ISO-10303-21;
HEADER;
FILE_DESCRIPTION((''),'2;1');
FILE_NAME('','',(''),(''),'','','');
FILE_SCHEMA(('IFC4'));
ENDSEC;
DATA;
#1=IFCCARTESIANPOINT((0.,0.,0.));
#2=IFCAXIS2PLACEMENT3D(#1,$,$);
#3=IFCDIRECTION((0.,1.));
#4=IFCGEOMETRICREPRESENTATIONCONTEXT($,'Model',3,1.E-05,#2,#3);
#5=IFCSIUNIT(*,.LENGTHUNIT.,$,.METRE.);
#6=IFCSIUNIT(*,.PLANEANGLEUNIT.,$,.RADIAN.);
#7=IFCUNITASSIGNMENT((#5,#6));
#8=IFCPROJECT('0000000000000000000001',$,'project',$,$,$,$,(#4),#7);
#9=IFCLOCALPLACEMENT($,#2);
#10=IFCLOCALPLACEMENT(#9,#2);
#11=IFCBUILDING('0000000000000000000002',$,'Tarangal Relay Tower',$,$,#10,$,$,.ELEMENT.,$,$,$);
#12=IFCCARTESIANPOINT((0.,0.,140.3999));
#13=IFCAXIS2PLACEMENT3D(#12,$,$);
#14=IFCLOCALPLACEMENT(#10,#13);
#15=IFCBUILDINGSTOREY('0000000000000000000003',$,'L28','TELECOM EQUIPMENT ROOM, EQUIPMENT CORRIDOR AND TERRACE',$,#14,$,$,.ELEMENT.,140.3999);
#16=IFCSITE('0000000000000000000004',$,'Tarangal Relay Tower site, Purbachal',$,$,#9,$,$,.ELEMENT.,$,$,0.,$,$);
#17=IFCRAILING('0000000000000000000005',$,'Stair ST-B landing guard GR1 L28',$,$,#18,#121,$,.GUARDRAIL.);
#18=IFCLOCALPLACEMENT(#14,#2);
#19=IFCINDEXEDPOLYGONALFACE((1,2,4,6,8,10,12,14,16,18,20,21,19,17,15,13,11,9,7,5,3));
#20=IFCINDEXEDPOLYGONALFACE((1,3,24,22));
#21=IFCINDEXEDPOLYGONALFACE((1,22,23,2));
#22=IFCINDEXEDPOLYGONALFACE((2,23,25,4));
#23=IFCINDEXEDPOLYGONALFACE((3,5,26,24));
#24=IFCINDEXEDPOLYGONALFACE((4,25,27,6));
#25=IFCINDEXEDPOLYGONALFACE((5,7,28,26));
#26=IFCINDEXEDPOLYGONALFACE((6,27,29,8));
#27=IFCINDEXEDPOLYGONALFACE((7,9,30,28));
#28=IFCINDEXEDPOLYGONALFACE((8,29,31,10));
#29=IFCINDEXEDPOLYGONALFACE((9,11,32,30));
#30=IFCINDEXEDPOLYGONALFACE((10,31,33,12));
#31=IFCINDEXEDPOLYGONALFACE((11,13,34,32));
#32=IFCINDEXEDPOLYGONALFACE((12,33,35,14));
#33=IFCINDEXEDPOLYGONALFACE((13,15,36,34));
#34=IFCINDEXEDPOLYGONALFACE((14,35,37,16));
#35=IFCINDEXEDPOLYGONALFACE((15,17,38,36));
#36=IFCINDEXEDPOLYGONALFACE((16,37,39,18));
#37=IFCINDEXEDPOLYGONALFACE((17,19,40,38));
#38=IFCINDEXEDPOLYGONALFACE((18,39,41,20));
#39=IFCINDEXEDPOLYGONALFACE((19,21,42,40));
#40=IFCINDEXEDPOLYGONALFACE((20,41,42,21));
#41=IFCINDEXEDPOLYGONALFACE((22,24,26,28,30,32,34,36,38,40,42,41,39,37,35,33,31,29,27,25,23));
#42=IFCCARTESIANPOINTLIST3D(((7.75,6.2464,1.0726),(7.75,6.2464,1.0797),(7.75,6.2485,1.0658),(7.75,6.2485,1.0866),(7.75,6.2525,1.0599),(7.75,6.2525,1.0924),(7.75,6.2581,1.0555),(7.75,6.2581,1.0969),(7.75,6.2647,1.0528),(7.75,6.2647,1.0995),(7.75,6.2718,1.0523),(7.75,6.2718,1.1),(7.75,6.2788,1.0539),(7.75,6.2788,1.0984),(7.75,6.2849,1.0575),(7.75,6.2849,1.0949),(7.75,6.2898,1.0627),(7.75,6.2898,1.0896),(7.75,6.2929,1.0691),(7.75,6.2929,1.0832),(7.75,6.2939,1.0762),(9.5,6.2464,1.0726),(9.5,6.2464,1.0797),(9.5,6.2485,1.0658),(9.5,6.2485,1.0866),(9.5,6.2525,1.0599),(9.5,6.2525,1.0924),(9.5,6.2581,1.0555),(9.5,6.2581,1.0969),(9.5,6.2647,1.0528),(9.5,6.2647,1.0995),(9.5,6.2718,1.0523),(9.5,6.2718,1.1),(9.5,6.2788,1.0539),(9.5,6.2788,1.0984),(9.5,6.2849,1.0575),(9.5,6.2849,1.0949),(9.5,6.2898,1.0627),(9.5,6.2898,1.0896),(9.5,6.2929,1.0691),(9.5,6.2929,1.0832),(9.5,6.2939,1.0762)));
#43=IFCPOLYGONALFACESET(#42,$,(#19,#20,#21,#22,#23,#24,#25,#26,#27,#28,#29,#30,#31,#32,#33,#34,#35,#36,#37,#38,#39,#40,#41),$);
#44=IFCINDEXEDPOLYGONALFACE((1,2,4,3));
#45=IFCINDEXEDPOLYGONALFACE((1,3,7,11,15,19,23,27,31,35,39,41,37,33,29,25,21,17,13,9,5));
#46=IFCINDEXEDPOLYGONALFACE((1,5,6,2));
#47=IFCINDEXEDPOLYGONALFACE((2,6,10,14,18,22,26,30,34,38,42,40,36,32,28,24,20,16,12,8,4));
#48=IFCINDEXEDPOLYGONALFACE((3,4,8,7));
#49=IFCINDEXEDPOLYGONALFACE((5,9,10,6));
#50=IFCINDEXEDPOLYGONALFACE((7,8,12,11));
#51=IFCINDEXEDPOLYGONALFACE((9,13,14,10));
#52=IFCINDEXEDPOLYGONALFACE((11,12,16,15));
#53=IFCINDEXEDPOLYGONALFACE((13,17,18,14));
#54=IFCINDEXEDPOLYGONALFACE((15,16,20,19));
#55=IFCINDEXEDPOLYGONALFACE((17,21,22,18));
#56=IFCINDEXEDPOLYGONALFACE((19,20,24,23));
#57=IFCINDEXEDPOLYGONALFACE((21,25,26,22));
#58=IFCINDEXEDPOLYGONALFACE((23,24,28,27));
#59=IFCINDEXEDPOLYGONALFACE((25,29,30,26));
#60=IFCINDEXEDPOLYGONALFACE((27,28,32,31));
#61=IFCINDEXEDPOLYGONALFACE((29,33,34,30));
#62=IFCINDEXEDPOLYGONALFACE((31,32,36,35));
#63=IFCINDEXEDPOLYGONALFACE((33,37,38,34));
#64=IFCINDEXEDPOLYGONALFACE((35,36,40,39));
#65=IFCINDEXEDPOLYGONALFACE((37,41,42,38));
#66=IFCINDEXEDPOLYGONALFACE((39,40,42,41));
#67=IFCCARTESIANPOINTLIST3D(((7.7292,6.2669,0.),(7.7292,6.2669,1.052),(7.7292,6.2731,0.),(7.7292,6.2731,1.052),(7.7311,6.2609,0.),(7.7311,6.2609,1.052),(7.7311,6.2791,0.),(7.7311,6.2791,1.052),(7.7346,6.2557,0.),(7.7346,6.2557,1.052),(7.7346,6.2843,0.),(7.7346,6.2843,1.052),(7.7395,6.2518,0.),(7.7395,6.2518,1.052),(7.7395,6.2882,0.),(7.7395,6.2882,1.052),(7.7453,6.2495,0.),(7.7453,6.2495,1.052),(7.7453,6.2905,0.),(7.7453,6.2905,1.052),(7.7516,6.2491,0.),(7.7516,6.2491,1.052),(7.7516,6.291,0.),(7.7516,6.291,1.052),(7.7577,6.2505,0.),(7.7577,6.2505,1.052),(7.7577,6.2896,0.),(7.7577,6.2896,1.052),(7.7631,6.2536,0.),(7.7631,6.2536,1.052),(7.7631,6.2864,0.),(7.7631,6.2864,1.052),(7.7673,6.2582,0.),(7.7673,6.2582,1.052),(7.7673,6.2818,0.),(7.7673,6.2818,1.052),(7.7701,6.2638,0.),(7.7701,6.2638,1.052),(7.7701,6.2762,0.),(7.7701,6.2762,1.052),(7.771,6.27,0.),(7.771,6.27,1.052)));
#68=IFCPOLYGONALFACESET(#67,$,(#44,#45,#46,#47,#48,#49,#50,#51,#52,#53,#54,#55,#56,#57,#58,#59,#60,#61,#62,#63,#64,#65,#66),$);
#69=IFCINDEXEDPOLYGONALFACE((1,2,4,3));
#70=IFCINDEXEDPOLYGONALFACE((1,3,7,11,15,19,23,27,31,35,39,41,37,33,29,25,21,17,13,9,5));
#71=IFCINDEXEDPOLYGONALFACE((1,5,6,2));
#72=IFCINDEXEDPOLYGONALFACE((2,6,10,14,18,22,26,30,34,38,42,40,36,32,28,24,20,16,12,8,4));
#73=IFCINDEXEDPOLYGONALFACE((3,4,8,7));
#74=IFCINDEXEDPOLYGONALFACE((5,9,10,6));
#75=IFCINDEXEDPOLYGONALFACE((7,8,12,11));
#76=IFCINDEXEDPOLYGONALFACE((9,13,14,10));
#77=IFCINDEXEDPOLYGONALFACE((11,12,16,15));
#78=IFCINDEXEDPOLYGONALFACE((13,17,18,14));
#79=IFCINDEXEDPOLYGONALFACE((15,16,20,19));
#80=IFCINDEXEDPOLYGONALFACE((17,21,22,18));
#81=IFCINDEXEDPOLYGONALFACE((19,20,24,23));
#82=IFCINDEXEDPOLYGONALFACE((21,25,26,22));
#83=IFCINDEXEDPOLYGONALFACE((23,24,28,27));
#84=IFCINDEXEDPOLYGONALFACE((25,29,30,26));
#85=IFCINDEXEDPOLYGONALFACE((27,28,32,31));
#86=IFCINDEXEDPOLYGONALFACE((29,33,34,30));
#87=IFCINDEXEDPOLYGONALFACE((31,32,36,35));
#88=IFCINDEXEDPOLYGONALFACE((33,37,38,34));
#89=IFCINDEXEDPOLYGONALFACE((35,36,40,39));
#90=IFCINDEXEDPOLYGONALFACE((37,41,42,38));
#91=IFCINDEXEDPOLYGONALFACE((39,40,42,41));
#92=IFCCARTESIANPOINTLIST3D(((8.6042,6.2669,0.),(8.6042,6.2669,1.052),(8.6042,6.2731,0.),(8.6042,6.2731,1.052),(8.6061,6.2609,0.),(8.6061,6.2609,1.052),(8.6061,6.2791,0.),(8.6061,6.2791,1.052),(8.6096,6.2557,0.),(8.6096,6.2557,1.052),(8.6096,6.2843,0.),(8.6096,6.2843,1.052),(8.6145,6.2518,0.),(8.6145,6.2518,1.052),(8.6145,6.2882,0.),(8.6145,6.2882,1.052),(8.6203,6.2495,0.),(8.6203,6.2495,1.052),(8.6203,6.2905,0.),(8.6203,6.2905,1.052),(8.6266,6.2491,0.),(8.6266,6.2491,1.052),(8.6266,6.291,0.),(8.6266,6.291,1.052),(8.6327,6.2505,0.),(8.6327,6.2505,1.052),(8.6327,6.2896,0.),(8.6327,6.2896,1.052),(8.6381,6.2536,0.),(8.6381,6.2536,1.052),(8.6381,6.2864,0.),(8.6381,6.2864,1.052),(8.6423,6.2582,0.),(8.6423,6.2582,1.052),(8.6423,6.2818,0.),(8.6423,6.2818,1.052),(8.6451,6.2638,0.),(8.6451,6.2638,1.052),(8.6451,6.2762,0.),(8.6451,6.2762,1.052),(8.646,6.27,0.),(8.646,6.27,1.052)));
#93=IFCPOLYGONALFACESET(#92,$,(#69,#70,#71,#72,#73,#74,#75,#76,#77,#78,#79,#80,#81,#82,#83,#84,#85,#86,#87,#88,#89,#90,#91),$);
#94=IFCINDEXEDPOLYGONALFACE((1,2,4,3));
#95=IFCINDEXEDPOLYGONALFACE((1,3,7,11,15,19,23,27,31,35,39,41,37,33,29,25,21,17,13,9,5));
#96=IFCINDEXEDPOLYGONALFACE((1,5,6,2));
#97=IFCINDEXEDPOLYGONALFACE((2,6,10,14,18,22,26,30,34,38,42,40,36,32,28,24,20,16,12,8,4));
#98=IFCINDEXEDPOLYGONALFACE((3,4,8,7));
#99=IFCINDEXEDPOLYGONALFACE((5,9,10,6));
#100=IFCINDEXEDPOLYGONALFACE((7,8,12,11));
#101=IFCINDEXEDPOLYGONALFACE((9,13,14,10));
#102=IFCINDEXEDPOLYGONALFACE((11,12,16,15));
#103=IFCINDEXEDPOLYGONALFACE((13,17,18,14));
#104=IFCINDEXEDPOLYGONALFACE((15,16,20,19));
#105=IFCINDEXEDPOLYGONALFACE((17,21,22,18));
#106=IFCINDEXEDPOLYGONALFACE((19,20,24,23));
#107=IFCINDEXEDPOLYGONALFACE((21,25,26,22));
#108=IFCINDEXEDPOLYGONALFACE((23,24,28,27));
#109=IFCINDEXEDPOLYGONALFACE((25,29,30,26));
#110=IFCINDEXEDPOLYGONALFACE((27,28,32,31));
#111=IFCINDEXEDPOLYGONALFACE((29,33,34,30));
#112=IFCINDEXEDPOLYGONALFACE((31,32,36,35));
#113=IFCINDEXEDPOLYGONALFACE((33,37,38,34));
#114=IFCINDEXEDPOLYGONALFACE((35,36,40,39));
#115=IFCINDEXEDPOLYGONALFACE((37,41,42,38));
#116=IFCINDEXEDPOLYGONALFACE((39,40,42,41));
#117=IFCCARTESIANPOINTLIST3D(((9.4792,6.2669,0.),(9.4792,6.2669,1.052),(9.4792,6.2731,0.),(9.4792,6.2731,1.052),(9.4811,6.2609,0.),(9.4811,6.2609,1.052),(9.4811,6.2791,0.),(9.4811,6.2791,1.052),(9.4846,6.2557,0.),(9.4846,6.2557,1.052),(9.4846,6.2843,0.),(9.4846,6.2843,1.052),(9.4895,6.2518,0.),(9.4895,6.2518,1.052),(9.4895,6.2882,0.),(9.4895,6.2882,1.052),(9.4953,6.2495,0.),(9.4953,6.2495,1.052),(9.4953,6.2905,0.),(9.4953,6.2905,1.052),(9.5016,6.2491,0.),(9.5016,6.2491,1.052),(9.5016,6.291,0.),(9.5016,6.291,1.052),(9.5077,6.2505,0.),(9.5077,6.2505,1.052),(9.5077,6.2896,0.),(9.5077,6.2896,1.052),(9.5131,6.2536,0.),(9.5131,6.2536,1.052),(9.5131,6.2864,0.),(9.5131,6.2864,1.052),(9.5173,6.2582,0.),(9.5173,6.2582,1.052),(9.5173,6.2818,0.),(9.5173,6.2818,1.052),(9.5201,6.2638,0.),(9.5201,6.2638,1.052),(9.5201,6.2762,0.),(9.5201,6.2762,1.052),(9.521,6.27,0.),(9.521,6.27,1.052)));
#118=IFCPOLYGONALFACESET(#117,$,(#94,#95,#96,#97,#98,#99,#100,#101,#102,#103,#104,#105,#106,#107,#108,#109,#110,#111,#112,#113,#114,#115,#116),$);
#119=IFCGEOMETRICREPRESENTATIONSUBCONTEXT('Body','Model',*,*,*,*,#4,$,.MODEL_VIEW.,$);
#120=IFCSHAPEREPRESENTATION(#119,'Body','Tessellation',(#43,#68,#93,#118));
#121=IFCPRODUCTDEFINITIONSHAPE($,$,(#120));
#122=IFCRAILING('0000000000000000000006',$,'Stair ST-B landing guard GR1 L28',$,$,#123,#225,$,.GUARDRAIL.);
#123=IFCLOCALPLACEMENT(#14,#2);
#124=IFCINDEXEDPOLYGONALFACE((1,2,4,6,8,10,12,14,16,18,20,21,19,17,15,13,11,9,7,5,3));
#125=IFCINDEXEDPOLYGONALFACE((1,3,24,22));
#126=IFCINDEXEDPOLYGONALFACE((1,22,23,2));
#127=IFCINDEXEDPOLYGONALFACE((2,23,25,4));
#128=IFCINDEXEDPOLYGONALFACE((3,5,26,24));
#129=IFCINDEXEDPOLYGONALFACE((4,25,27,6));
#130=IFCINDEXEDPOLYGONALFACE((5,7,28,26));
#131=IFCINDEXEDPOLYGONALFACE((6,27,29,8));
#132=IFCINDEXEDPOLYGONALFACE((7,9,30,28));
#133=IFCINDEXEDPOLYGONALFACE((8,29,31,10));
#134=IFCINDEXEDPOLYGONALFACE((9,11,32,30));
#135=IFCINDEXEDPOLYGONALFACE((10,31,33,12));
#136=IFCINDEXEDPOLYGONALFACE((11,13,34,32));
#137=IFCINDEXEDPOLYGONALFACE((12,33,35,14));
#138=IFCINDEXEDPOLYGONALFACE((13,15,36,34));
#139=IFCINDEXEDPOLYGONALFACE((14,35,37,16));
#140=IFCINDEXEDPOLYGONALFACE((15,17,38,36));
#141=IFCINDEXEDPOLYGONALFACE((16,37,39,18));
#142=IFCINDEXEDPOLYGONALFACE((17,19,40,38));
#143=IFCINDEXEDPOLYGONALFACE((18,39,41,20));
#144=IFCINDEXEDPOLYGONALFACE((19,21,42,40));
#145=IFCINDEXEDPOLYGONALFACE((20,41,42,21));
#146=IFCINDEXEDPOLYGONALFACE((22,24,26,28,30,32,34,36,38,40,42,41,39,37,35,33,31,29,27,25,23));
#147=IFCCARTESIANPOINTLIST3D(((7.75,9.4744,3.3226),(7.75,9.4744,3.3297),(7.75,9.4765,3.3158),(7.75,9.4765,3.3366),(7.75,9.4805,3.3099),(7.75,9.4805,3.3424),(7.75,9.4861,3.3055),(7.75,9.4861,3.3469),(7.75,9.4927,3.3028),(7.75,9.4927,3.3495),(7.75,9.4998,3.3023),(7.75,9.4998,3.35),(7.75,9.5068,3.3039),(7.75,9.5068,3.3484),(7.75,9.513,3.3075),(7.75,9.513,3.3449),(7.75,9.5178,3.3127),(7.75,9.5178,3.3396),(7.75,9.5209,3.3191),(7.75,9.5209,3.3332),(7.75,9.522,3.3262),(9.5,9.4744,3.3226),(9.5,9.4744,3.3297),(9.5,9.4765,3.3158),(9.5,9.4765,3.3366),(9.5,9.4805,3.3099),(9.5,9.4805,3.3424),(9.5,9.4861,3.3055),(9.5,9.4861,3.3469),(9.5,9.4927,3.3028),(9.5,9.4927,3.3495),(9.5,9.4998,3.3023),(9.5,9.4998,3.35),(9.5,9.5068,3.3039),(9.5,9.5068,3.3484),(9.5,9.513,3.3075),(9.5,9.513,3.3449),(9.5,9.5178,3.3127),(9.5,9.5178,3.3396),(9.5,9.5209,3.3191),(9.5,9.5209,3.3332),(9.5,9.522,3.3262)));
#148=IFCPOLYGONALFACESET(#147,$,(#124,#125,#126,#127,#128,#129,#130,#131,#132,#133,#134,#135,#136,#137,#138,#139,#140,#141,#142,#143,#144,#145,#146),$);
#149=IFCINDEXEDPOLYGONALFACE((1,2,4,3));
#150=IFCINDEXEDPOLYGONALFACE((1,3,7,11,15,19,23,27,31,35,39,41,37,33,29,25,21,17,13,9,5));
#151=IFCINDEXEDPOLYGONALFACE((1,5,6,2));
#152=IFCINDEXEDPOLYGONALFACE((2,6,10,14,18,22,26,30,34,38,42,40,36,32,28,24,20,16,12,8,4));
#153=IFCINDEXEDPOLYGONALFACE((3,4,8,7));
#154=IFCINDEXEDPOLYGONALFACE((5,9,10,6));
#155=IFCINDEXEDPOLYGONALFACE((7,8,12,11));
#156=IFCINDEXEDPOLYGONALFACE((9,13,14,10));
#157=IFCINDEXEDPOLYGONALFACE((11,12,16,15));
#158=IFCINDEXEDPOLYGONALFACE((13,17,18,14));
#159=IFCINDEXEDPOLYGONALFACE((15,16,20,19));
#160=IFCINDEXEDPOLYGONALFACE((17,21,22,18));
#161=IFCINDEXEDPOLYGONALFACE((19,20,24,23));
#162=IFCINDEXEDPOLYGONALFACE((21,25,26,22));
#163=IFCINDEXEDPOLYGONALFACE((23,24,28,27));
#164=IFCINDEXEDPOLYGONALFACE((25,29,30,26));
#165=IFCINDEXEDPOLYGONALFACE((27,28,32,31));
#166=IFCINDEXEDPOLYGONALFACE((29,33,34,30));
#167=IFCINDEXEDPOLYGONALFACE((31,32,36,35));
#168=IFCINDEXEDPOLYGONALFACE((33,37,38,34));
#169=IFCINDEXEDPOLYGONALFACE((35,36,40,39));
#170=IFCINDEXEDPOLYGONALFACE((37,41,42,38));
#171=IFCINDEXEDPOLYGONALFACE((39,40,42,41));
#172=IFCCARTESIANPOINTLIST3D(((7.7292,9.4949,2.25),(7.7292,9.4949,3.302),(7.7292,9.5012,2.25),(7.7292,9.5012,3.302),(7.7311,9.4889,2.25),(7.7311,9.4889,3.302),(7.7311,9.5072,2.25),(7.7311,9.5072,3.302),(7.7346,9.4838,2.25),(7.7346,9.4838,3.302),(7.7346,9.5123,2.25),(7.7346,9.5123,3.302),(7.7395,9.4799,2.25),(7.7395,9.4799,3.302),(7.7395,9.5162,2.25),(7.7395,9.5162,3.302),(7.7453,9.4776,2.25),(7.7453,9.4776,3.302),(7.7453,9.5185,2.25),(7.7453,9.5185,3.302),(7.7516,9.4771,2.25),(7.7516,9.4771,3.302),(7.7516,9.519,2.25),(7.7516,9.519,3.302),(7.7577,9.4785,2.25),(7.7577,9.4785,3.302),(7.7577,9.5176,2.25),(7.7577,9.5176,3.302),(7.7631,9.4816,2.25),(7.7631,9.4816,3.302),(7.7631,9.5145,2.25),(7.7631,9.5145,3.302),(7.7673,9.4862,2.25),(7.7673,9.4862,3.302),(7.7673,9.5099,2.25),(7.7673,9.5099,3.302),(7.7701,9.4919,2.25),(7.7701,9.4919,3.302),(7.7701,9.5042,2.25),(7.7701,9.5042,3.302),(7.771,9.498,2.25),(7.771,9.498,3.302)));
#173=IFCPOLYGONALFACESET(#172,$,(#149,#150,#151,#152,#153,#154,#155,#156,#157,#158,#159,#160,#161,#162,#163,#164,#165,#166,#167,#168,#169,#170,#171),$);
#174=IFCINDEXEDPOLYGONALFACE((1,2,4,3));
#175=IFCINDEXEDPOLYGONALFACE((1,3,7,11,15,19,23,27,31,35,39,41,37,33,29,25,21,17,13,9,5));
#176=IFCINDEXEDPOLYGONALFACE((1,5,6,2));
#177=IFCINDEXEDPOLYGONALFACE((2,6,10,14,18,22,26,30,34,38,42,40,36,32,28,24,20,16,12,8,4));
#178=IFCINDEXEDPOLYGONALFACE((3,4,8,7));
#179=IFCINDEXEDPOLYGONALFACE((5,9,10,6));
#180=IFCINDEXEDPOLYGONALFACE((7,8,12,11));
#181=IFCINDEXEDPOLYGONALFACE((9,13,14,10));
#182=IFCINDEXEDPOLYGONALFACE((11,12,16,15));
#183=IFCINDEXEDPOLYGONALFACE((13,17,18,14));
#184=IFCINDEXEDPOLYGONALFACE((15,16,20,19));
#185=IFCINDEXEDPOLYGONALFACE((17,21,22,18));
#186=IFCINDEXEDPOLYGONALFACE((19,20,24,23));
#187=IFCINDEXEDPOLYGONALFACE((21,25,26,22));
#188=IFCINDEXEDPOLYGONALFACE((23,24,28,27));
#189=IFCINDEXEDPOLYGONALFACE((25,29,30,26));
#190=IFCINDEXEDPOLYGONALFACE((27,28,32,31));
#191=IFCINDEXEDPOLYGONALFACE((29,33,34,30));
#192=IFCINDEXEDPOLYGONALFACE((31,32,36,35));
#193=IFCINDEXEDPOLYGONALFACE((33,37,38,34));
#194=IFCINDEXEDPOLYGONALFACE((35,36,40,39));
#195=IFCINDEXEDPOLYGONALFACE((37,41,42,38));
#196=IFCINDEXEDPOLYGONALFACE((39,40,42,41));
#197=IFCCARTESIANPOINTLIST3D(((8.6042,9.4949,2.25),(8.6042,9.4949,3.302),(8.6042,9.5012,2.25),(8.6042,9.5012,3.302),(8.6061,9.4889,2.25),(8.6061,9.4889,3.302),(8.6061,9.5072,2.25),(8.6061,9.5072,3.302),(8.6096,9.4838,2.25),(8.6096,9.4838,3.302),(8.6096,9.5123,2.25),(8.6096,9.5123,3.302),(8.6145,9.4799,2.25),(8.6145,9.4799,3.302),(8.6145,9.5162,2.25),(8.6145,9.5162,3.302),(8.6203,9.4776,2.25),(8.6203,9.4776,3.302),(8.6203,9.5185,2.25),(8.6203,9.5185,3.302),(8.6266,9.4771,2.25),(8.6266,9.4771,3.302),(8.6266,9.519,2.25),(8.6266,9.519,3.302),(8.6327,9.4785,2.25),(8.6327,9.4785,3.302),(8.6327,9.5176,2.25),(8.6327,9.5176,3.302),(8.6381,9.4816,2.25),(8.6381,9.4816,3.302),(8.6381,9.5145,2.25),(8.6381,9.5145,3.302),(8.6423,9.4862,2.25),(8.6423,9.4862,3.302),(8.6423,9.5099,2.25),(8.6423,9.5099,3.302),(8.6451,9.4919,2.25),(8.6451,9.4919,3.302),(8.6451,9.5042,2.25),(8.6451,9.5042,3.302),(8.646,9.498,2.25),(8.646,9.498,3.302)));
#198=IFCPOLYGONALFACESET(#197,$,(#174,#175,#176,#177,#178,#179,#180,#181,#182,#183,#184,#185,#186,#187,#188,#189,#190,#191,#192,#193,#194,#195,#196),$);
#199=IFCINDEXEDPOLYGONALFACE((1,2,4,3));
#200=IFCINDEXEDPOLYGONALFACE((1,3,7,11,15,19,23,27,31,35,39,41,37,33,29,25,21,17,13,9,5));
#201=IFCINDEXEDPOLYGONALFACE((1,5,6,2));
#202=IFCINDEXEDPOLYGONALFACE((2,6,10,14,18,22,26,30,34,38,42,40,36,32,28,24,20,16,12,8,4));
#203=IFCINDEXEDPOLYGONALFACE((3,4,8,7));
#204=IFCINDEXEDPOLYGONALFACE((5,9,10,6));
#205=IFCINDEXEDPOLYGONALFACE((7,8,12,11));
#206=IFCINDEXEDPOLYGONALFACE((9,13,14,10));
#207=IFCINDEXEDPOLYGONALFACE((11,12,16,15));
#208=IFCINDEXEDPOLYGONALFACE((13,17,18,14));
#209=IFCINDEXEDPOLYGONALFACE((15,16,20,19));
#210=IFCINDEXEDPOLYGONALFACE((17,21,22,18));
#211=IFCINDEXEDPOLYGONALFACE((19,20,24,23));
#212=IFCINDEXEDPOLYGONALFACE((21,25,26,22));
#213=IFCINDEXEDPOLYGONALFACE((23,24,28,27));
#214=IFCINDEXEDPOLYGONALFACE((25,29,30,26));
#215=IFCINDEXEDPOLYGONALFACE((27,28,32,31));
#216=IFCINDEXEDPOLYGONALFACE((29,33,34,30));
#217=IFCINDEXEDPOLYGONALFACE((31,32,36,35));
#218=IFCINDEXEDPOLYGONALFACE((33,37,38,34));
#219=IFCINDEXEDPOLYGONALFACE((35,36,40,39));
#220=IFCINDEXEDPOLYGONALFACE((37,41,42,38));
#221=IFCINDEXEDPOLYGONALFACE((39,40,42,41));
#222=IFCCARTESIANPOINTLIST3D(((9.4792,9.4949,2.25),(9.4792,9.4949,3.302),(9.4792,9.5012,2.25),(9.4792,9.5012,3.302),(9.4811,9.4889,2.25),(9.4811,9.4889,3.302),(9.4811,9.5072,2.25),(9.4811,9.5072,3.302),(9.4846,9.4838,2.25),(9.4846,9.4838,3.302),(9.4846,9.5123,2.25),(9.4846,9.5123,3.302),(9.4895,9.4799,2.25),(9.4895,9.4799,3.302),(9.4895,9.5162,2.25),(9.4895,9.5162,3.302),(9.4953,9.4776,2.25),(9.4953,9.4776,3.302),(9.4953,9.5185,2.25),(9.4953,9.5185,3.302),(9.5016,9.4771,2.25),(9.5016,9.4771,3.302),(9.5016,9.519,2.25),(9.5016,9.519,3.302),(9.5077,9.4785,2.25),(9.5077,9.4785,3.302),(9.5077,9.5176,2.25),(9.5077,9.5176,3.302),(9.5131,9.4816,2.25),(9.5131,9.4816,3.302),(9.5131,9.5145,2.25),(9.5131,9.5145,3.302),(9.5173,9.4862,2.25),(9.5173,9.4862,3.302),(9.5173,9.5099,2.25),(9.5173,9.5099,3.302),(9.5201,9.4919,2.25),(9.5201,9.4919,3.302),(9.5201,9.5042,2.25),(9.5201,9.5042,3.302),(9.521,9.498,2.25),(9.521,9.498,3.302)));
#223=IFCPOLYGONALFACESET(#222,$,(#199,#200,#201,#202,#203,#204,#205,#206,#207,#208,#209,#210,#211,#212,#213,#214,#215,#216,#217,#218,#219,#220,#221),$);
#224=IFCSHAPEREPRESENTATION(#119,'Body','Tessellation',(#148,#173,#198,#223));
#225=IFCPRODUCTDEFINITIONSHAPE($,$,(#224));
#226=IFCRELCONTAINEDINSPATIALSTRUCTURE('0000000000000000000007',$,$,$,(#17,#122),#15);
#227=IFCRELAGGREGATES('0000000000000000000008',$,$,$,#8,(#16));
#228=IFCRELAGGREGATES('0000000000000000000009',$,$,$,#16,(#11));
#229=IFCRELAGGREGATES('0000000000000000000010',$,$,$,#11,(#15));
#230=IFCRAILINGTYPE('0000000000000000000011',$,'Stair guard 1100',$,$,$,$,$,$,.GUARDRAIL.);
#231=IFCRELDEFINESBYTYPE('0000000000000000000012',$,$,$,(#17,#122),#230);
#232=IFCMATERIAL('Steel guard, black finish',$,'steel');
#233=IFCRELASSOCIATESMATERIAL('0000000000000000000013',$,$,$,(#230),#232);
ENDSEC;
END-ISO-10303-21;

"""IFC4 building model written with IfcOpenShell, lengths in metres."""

from ifc_helpers import new_model, si_unit, direction, frame, origin, origin_2d, place, context, subcontext, project, spatial, circle, extrude, material, type_object, element, save


model = new_model("IFC4")

# Units and contexts
model_context = context("Model", 3, precision=1e-05, world=origin(), true_north=direction((0.0, 1.0)))
body_context = subcontext(model_context, "Body", "Model", "MODEL_VIEW")
ifc_project = project(units=[si_unit("LENGTHUNIT", "METRE"), si_unit("PLANEANGLEUNIT", "RADIAN")], contexts=[model_context])

# Site, building, storey
site_placement = place(None, origin())
site = spatial("IfcSite", under=ifc_project, at=site_placement, Name="Tarangal Relay Tower site, Purbachal", CompositionType="ELEMENT", RefElevation=0.0)
building_placement = place(site_placement, origin())
building = spatial("IfcBuilding", under=site, at=building_placement, Name="Tarangal Relay Tower", CompositionType="ELEMENT")
storey_placement = place(building_placement, frame((0.0, 0.0, 140.3999)))
storey = spatial("IfcBuildingStorey", under=building, at=storey_placement, Name="L28", Description="TELECOM EQUIPMENT ROOM, EQUIPMENT CORRIDOR AND TERRACE", CompositionType="ELEMENT", Elevation=140.3999)

# Railings
ifc_material_1 = material(Name="Steel guard, black finish", Category="steel")
railing_type_1 = type_object("IfcRailingType", Name="Stair guard 1100", PredefinedType="GUARDRAIL", material=ifc_material_1)
for number, where, name in (
    (1, (7.75, 6.27, 0.0), "Stair ST-B landing guard GR1 L28"),
    (2, (7.75, 9.498, 2.25), "Stair ST-B landing guard GR1 L28"),
):
    element("IfcRailing", number, at=place(storey_placement, frame(where)), inside=storey, type_object=railing_type_1, Name=name, PredefinedType="GUARDRAIL", context=body_context, shape_type="SweptSolid", body=[
        extrude(circle(Radius=0.0239, at=origin_2d()), frame((0.0, 0.0, 1.0762), z_axis=(1.0, 0.0, 0.0), x_axis=(0.0, 1.0, 0.0)), (0.0, 0.0, 1.0), 1.75),
        extrude(circle(Radius=0.021, at=origin_2d()), origin(), (0.0, 0.0, 1.0), 1.052),
        extrude(circle(Radius=0.021, at=origin_2d()), frame((0.875, 0.0, 0.0)), (0.0, 0.0, 1.0), 1.052),
        extrude(circle(Radius=0.021, at=origin_2d()), frame((1.75, 0.0, 0.0)), (0.0, 0.0, 1.0), 1.052),
    ])

save(model, "model.ifc")
